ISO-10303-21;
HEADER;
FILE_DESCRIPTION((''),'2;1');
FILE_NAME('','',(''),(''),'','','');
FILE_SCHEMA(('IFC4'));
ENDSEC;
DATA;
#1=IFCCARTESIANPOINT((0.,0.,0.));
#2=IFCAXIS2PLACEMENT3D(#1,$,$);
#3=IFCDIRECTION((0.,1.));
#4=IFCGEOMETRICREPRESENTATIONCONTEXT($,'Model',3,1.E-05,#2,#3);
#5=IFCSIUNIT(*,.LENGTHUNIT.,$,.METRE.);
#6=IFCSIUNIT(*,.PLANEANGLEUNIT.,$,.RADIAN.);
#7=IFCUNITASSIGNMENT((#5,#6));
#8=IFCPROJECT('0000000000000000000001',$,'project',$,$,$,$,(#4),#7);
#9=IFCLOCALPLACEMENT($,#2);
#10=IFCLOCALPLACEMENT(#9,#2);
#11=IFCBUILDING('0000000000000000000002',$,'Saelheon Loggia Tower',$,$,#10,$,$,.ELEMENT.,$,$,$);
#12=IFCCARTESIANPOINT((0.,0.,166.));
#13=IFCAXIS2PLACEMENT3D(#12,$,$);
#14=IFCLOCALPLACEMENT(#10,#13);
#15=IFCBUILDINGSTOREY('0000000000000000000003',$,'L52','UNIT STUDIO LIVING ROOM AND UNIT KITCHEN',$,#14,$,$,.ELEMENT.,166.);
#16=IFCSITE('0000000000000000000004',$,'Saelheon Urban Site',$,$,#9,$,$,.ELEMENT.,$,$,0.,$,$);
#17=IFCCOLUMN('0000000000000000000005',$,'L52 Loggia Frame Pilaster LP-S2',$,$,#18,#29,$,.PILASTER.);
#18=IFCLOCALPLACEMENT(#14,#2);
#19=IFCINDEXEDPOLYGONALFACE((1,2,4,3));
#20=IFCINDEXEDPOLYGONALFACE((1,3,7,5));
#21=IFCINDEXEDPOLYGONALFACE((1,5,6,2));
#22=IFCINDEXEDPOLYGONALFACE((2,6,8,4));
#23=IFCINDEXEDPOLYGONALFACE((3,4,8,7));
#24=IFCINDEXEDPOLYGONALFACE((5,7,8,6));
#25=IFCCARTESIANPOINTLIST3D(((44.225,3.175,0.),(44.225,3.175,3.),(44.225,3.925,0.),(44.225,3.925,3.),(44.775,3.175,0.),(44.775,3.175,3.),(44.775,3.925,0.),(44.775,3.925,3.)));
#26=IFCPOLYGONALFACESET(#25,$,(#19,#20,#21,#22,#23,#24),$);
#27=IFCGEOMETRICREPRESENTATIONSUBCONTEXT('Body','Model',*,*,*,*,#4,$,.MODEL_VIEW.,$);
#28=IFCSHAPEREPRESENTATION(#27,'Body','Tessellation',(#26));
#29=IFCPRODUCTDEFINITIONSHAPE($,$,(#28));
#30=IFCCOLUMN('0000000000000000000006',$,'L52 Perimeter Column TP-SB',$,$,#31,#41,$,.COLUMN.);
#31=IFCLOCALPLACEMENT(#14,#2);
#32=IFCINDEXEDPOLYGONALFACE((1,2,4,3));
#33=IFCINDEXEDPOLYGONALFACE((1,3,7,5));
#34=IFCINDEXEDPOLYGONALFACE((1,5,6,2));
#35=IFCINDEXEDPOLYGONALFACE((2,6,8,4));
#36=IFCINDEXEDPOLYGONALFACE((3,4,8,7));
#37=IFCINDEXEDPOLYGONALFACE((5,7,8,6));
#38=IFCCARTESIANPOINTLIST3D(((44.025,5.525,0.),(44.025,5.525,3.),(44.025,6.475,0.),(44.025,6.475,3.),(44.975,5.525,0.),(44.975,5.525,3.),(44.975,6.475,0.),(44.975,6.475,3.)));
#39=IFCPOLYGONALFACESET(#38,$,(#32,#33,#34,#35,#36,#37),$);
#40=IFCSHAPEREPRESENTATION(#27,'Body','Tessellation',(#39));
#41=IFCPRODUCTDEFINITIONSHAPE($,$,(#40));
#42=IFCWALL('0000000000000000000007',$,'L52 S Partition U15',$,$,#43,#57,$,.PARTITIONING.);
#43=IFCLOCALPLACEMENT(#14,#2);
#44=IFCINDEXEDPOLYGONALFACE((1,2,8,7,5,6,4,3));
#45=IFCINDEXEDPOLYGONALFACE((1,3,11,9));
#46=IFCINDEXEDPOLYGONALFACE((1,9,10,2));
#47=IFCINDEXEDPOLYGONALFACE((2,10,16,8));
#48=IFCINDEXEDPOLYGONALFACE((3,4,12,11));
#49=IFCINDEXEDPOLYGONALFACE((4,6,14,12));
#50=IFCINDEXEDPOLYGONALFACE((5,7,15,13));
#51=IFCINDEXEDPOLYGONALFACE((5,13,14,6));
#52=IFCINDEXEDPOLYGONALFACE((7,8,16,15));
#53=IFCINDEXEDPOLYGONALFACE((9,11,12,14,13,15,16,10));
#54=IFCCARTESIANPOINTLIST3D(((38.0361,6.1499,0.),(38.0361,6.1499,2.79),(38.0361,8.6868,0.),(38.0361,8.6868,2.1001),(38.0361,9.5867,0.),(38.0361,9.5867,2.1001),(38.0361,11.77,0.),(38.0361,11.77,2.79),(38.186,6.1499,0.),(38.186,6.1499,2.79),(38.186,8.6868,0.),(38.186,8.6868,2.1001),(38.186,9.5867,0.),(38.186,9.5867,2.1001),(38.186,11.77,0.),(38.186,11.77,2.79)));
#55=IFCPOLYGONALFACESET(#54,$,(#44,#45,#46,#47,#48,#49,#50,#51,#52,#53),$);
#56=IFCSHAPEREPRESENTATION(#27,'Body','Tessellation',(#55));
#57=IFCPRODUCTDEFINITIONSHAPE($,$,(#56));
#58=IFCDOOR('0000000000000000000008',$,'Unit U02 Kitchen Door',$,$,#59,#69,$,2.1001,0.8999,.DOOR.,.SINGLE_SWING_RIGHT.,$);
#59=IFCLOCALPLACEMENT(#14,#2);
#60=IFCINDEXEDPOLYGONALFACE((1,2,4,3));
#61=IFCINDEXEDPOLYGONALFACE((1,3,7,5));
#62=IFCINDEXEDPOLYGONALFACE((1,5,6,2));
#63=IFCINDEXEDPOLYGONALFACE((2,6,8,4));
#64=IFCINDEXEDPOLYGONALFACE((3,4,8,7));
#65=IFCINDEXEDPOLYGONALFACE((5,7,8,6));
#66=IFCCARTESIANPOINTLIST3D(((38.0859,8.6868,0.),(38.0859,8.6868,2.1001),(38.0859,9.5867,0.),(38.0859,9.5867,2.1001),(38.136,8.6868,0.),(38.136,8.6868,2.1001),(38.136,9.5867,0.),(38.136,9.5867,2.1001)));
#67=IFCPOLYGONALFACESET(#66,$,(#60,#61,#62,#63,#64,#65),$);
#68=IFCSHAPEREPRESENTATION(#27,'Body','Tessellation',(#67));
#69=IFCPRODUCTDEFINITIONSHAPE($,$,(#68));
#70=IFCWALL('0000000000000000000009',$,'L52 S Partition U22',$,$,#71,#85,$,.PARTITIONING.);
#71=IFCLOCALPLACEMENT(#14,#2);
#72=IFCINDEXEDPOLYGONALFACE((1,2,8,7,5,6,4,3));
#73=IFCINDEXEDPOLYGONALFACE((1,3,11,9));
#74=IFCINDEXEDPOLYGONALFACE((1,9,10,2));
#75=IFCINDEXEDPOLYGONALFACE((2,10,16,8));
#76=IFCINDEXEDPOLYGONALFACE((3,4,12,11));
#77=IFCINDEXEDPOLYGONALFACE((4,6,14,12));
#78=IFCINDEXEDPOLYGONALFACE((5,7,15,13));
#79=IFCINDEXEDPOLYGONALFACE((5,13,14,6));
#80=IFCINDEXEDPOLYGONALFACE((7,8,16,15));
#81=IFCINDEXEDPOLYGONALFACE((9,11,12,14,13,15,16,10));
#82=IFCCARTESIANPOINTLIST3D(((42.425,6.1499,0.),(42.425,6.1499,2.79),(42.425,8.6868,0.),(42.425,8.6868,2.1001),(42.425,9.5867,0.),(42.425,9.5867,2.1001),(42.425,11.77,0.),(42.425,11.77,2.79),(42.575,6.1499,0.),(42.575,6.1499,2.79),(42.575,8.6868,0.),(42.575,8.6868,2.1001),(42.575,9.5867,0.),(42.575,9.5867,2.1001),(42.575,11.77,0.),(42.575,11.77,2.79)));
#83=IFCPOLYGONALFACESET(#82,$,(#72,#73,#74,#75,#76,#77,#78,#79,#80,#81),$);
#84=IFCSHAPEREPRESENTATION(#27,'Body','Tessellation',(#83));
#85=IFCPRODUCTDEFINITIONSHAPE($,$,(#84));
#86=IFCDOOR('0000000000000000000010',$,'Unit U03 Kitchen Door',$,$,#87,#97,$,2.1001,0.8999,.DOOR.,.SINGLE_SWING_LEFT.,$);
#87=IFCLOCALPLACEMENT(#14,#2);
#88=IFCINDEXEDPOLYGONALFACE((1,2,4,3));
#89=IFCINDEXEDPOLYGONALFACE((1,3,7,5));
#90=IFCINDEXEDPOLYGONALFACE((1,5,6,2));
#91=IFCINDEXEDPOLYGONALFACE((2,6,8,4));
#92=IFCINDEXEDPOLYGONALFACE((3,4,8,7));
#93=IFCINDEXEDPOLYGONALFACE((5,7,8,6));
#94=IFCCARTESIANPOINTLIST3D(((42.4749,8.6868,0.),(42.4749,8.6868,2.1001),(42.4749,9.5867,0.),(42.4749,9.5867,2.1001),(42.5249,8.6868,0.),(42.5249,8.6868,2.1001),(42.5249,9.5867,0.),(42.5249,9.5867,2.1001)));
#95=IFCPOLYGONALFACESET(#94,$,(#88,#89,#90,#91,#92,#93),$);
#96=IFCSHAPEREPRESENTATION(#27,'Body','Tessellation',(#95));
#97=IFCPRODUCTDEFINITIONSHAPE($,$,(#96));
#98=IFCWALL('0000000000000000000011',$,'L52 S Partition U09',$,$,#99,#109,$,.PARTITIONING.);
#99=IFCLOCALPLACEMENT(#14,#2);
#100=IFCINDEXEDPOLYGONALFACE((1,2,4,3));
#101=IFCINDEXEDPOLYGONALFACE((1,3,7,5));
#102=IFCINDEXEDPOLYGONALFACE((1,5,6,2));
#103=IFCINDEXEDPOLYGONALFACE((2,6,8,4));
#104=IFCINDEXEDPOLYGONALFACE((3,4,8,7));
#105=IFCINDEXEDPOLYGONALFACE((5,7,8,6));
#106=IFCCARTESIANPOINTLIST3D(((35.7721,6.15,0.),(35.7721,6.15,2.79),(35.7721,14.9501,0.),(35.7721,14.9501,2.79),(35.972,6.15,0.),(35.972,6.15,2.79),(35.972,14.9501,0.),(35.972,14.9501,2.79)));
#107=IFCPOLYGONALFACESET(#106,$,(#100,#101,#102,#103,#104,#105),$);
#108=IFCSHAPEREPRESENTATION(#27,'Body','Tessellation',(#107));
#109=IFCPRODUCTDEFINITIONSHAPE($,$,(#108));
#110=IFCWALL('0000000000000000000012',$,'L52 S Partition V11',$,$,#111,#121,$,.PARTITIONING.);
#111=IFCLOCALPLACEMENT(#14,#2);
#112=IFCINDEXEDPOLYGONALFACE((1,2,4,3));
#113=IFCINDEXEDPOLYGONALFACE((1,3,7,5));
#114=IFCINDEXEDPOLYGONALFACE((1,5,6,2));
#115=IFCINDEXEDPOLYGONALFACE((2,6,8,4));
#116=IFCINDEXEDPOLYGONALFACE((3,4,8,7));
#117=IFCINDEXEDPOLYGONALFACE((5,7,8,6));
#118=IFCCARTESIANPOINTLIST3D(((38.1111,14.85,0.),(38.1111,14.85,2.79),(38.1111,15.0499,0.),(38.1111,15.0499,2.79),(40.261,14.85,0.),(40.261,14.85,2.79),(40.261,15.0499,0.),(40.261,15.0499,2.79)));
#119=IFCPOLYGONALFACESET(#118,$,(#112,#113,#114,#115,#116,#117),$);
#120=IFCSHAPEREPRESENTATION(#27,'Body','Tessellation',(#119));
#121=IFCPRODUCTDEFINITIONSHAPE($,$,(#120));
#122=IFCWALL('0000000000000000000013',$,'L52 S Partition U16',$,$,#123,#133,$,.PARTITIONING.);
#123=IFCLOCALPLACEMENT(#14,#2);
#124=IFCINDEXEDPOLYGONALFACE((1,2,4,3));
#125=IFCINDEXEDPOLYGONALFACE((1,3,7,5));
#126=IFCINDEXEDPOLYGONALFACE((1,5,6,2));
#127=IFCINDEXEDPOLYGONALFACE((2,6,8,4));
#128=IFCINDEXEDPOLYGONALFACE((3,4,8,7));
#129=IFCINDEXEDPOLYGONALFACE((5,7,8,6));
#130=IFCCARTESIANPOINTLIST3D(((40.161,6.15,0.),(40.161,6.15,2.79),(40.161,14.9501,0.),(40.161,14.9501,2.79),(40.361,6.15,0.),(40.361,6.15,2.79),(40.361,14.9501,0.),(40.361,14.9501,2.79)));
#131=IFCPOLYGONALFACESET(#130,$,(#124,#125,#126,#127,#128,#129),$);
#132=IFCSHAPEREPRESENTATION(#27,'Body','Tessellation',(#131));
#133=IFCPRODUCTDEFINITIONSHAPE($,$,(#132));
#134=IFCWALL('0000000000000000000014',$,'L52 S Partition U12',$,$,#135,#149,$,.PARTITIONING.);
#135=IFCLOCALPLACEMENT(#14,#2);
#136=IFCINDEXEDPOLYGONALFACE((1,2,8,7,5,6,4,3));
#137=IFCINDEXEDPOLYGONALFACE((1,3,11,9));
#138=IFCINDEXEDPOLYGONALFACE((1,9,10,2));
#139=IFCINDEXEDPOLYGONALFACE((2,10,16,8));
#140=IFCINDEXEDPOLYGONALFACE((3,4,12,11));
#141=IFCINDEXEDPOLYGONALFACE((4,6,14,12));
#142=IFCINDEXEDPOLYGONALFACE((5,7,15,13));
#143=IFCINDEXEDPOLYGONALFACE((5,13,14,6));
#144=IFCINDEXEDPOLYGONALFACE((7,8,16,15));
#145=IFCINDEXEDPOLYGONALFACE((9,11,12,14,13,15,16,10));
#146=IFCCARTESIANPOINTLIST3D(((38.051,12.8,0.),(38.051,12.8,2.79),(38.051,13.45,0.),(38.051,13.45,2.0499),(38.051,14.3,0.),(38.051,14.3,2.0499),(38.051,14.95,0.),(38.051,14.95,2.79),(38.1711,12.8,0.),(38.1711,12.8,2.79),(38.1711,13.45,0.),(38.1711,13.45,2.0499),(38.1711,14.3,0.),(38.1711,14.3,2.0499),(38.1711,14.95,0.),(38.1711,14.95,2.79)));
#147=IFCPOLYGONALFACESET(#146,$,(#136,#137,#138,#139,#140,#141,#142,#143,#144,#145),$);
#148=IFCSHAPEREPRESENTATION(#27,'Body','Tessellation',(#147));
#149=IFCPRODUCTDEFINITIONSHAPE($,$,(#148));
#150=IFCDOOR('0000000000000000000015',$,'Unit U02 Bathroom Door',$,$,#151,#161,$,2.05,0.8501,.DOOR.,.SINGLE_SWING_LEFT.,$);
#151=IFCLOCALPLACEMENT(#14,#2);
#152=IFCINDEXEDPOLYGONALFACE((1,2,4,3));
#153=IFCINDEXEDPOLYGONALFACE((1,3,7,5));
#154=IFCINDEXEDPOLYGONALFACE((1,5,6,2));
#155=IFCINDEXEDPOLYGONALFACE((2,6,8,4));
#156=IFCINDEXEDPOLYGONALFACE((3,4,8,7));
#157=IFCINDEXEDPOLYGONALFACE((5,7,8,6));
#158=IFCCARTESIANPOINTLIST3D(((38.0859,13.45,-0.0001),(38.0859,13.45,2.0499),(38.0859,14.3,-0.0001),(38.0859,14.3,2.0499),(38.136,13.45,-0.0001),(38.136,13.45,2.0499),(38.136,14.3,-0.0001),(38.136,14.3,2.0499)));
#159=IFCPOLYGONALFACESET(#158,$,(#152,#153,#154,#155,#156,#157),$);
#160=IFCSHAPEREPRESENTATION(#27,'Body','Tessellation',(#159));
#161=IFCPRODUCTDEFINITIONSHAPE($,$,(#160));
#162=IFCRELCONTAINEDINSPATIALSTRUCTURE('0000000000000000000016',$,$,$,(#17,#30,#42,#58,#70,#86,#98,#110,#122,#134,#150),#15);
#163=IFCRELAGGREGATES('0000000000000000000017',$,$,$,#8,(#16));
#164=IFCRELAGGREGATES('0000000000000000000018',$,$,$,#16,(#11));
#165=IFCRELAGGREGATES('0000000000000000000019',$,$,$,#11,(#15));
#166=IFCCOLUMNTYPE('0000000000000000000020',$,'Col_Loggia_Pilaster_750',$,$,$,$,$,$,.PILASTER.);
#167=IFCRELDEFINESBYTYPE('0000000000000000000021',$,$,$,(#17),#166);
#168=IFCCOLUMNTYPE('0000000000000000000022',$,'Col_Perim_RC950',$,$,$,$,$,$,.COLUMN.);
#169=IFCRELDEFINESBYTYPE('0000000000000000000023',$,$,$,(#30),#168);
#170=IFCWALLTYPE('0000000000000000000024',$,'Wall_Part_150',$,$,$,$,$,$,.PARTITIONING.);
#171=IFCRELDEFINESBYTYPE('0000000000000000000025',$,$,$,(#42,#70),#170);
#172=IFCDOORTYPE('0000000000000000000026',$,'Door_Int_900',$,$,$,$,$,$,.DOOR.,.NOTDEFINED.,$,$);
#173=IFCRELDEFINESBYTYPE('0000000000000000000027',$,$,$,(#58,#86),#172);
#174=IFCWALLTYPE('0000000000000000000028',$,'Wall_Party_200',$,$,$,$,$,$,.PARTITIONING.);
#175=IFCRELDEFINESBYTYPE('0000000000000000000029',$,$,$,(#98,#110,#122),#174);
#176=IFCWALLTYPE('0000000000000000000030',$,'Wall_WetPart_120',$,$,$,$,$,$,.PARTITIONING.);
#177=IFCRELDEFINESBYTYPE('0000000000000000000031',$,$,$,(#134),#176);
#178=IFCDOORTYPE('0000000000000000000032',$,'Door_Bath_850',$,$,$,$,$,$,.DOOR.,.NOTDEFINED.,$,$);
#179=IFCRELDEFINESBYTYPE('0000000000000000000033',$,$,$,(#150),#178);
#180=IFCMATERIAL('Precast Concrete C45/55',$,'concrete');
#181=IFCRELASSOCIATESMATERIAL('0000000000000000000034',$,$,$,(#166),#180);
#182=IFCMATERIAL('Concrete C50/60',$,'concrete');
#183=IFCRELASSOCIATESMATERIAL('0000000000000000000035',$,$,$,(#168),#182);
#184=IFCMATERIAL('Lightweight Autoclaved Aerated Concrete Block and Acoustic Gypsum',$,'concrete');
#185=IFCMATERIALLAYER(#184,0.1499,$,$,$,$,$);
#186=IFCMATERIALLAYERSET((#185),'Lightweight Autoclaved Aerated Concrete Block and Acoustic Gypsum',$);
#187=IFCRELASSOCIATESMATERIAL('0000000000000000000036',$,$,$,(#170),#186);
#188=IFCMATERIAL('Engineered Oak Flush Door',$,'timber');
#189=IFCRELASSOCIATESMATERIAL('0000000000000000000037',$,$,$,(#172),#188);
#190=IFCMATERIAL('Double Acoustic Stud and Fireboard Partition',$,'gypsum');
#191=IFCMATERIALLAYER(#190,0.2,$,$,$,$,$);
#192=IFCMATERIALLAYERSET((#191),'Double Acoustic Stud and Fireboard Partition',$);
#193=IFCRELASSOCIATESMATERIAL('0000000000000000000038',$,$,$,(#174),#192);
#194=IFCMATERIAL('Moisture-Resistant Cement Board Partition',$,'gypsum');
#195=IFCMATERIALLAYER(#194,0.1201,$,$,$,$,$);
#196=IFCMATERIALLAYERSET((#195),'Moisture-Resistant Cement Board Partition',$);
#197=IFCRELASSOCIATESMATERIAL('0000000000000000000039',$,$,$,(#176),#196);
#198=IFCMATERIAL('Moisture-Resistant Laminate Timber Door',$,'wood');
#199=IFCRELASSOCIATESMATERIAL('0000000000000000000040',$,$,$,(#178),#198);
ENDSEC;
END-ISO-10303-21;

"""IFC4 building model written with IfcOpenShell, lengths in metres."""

from ifc_helpers import new_model, si_unit, direction, frame, frame_2d, origin, origin_2d, place, context, subcontext, project, spatial, rectangle, extrude, source, transform, mapped, material, layer, layer_set, material_profile, profile_set, type_object, element, fill, save


model = new_model("IFC4")

# Units and contexts
model_context = context("Model", 3, precision=1e-05, world=origin(), true_north=direction((0.0, 1.0)))
body_context = subcontext(model_context, "Body", "Model", "MODEL_VIEW")
ifc_project = project(units=[si_unit("LENGTHUNIT", "METRE"), si_unit("PLANEANGLEUNIT", "RADIAN")], contexts=[model_context])

# Site, building, storey
site_placement = place(None, origin())
site = spatial("IfcSite", under=ifc_project, at=site_placement, Name="Saelheon Urban Site", CompositionType="ELEMENT", RefElevation=0.0)
building_placement = place(site_placement, origin())
building = spatial("IfcBuilding", under=site, at=building_placement, Name="Saelheon Loggia Tower", CompositionType="ELEMENT")
storey_placement = place(building_placement, frame((0.0, 0.0, 166.0)))
storey = spatial("IfcBuildingStorey", under=building, at=storey_placement, Name="L52", Description="UNIT STUDIO LIVING ROOM AND UNIT KITCHEN", CompositionType="ELEMENT", Elevation=166.0)

# Columns
ifc_material_1 = material(Name="Precast Concrete C45/55", Category="concrete")
ifc_material_profile_1 = material_profile(ifc_material_1, rectangle(XDim=0.55, YDim=0.75, at=origin_2d()), Name="RC-550x750")
ifc_profile_set_1 = profile_set([ifc_material_profile_1], Name="Precast Concrete C45/55")
column_type_1 = type_object("IfcColumnType", Name="Col_Loggia_Pilaster_750", PredefinedType="PILASTER", material=ifc_profile_set_1)
shared_shape_1 = source(origin(), body_context, "Body", "SweptSolid", [
    extrude(rectangle(XDim=0.55, YDim=0.75, at=origin_2d()), origin(), (0.0, 0.0, 1.0), 3.0),
])
column_1_placement = place(storey_placement, frame((44.5, 3.55, 0.0), z_axis=(0.0, 0.0, 1.0), x_axis=(1.0, 0.0, 0.0)))
element("IfcColumn", 1, at=column_1_placement, inside=storey, type_object=column_type_1, Name="L52 Loggia Frame Pilaster LP-S2", PredefinedType="PILASTER", context=body_context, shape_type="MappedRepresentation", body=[
    mapped(shared_shape_1, transform((0.0, 0.0, 0.0), scale=1.0)),
])
ifc_material_2 = material(Name="Concrete C50/60", Category="concrete")
ifc_material_profile_2 = material_profile(ifc_material_2, rectangle(XDim=0.95, YDim=0.95, at=origin_2d()), Name="RC-950x950")
ifc_profile_set_2 = profile_set([ifc_material_profile_2], Name="Concrete C50/60")
column_type_2 = type_object("IfcColumnType", Name="Col_Perim_RC950", PredefinedType="COLUMN", material=ifc_profile_set_2)
shared_shape_2 = source(origin(), body_context, "Body", "SweptSolid", [
    extrude(rectangle(XDim=0.95, YDim=0.95, at=origin_2d()), origin(), (0.0, 0.0, 1.0), 3.0),
])
column_2_placement = place(storey_placement, frame((44.5, 6.0, 0.0), z_axis=(0.0, 0.0, 1.0), x_axis=(1.0, 0.0, 0.0)))
element("IfcColumn", 2, at=column_2_placement, inside=storey, type_object=column_type_2, Name="L52 Perimeter Column TP-SB", PredefinedType="COLUMN", context=body_context, shape_type="MappedRepresentation", body=[
    mapped(shared_shape_2, transform((0.0, 0.0, 0.0), scale=1.0)),
])

# Walls, openings, doors
ifc_material_3 = material(Name="Lightweight Autoclaved Aerated Concrete Block and Acoustic Gypsum", Category="concrete")
ifc_layer_1 = layer(ifc_material_3, 0.1499)
ifc_layer_set_1 = layer_set([ifc_layer_1], Name="Lightweight Autoclaved Aerated Concrete Block and Acoustic Gypsum")
wall_type_1 = type_object("IfcWallType", Name="Wall_Part_150", PredefinedType="PARTITIONING", material=ifc_layer_set_1)
wall_1_placement = place(storey_placement, frame((38.1111, 11.77, 0.0), z_axis=(0.0, 0.0, 1.0), x_axis=(0.0, -1.0, 0.0)))
wall_1 = element("IfcWall", 3, at=wall_1_placement, inside=storey, type_object=wall_type_1, Name="L52 S Partition U15", PredefinedType="PARTITIONING", context=body_context, shape_type="SweptSolid", body=[
    extrude(rectangle(XDim=5.6201, YDim=0.1499, at=frame_2d((2.8101, 0.0))), origin(), (0.0, 0.0, 1.0), 2.79),
])
opening_1_placement = place(wall_1_placement, frame((2.1833, 0.0, 0.0)))
opening_1 = element("IfcOpeningElement", 4, at=opening_1_placement, cuts=wall_1, PredefinedType="OPENING", context=body_context, shape_type="SweptSolid", body=[
    extrude(rectangle(XDim=0.8999, YDim=2.1001, at=frame_2d((0.45, 1.05))), frame((0.0, 0.0869, 0.0), z_axis=(0.0, -1.0, 0.0), x_axis=(1.0, 0.0, 0.0)), (0.0, 0.0, 1.0), 0.1738),
])
ifc_material_4 = material(Name="Engineered Oak Flush Door", Category="timber")
door_type_1 = type_object("IfcDoorType", Name="Door_Int_900", OperationType="NOTDEFINED", PredefinedType="DOOR", material=ifc_material_4)
shared_shape_3 = source(origin(), body_context, "Body", "SweptSolid", [
    extrude(rectangle(XDim=0.8999, YDim=2.1001, at=frame_2d((0.45, 1.05))), frame((0.0, 0.0249, 0.0), z_axis=(0.0, -1.0, 0.0), x_axis=(1.0, 0.0, 0.0)), (0.0, 0.0, 1.0), 0.05),
])
door_1_placement = place(opening_1_placement, origin())
door_1 = element("IfcDoor", 5, at=door_1_placement, inside=storey, type_object=door_type_1, Name="Unit U02 Kitchen Door", OperationType="SINGLE_SWING_RIGHT", OverallHeight=2.1001, OverallWidth=0.8999, PredefinedType="DOOR", context=body_context, shape_type="MappedRepresentation", body=[
    mapped(shared_shape_3, transform((0.0, 0.0, 0.0), scale=1.0)),
])
fill(opening_1, door_1)
wall_2_placement = place(storey_placement, frame((42.5, 11.77, 0.0), z_axis=(0.0, 0.0, 1.0), x_axis=(0.0, -1.0, 0.0)))
wall_2 = element("IfcWall", 6, at=wall_2_placement, inside=storey, type_object=wall_type_1, Name="L52 S Partition U22", PredefinedType="PARTITIONING", context=body_context, shape_type="SweptSolid", body=[
    extrude(rectangle(XDim=5.6201, YDim=0.1499, at=frame_2d((2.8101, 0.0))), origin(), (0.0, 0.0, 1.0), 2.79),
])
opening_2_placement = place(wall_2_placement, frame((2.1833, 0.0, 0.0)))
opening_2 = element("IfcOpeningElement", 7, at=opening_2_placement, cuts=wall_2, PredefinedType="OPENING", context=body_context, shape_type="SweptSolid", body=[
    extrude(rectangle(XDim=0.8999, YDim=2.1001, at=frame_2d((0.45, 1.05))), frame((0.0, 0.0869, 0.0), z_axis=(0.0, -1.0, 0.0), x_axis=(1.0, 0.0, 0.0)), (0.0, 0.0, 1.0), 0.1738),
])
door_2_placement = place(opening_2_placement, origin())
door_2 = element("IfcDoor", 8, at=door_2_placement, inside=storey, type_object=door_type_1, Name="Unit U03 Kitchen Door", OperationType="SINGLE_SWING_LEFT", OverallHeight=2.1001, OverallWidth=0.8999, PredefinedType="DOOR", context=body_context, shape_type="MappedRepresentation", body=[
    mapped(shared_shape_3, transform((0.0, 0.0, 0.0), scale=1.0)),
])
fill(opening_2, door_2)

# Wall
ifc_material_5 = material(Name="Double Acoustic Stud and Fireboard Partition", Category="gypsum")
ifc_layer_2 = layer(ifc_material_5, 0.2)
ifc_layer_set_2 = layer_set([ifc_layer_2], Name="Double Acoustic Stud and Fireboard Partition")
wall_type_2 = type_object("IfcWallType", Name="Wall_Party_200", PredefinedType="PARTITIONING", material=ifc_layer_set_2)
wall_3_placement = place(storey_placement, frame((35.8721, 14.95, 0.0), z_axis=(0.0, 0.0, 1.0), x_axis=(0.0, -1.0, 0.0)))
element("IfcWall", 9, at=wall_3_placement, inside=storey, type_object=wall_type_2, Name="L52 S Partition U09", PredefinedType="PARTITIONING", context=body_context, shape_type="SweptSolid", body=[
    extrude(rectangle(XDim=8.8, YDim=0.2, at=frame_2d((4.3999, 0.0))), origin(), (0.0, 0.0, 1.0), 2.79),
])

# Walls
wall_4_placement = place(storey_placement, frame((38.1111, 14.95, 0.0), z_axis=(0.0, 0.0, 1.0), x_axis=(1.0, 0.0, 0.0)))
element("IfcWall", 10, at=wall_4_placement, inside=storey, type_object=wall_type_2, Name="L52 S Partition V11", PredefinedType="PARTITIONING", context=body_context, shape_type="SweptSolid", body=[
    extrude(rectangle(XDim=2.1499, YDim=0.2, at=frame_2d((1.075, 0.0))), origin(), (0.0, 0.0, 1.0), 2.79),
])
wall_5_placement = place(storey_placement, frame((40.261, 14.95, 0.0), z_axis=(0.0, 0.0, 1.0), x_axis=(0.0, -1.0, 0.0)))
element("IfcWall", 11, at=wall_5_placement, inside=storey, type_object=wall_type_2, Name="L52 S Partition U16", PredefinedType="PARTITIONING", context=body_context, shape_type="SweptSolid", body=[
    extrude(rectangle(XDim=8.8, YDim=0.2, at=frame_2d((4.3999, 0.0))), origin(), (0.0, 0.0, 1.0), 2.79),
])

# Wall, opening, door
ifc_material_6 = material(Name="Moisture-Resistant Cement Board Partition", Category="gypsum")
ifc_layer_3 = layer(ifc_material_6, 0.1201)
ifc_layer_set_3 = layer_set([ifc_layer_3], Name="Moisture-Resistant Cement Board Partition")
wall_type_3 = type_object("IfcWallType", Name="Wall_WetPart_120", PredefinedType="PARTITIONING", material=ifc_layer_set_3)
wall_6_placement = place(storey_placement, frame((38.1111, 14.95, 0.0), z_axis=(0.0, 0.0, 1.0), x_axis=(0.0, -1.0, 0.0)))
wall_6 = element("IfcWall", 12, at=wall_6_placement, inside=storey, type_object=wall_type_3, Name="L52 S Partition U12", PredefinedType="PARTITIONING", context=body_context, shape_type="SweptSolid", body=[
    extrude(rectangle(XDim=2.1499, YDim=0.1201, at=frame_2d((1.075, 0.0))), origin(), (0.0, 0.0, 1.0), 2.79),
])
opening_3_placement = place(wall_6_placement, frame((0.6499, 0.0, 0.0)))
opening_3 = element("IfcOpeningElement", 13, at=opening_3_placement, cuts=wall_6, PredefinedType="OPENING", context=body_context, shape_type="SweptSolid", body=[
    extrude(rectangle(XDim=0.8501, YDim=2.05, at=frame_2d((0.425, 1.0249))), frame((0.0, 0.072, 0.0), z_axis=(0.0, -1.0, 0.0), x_axis=(1.0, 0.0, 0.0)), (0.0, 0.0, 1.0), 0.144),
])
ifc_material_7 = material(Name="Moisture-Resistant Laminate Timber Door", Category="wood")
door_type_2 = type_object("IfcDoorType", Name="Door_Bath_850", OperationType="NOTDEFINED", PredefinedType="DOOR", material=ifc_material_7)
shared_shape_4 = source(origin(), body_context, "Body", "SweptSolid", [
    extrude(rectangle(XDim=0.8501, YDim=2.05, at=frame_2d((0.425, 1.0249))), frame((0.0, 0.0249, 0.0), z_axis=(0.0, -1.0, 0.0), x_axis=(1.0, 0.0, 0.0)), (0.0, 0.0, 1.0), 0.05),
])
door_3_placement = place(opening_3_placement, origin())
door_3 = element("IfcDoor", 14, at=door_3_placement, inside=storey, type_object=door_type_2, Name="Unit U02 Bathroom Door", OperationType="SINGLE_SWING_LEFT", OverallHeight=2.05, OverallWidth=0.8501, PredefinedType="DOOR", context=body_context, shape_type="MappedRepresentation", body=[
    mapped(shared_shape_4, transform((0.0, 0.0, 0.0), scale=1.0)),
])
fill(opening_3, door_3)

save(model, "model.ifc")
